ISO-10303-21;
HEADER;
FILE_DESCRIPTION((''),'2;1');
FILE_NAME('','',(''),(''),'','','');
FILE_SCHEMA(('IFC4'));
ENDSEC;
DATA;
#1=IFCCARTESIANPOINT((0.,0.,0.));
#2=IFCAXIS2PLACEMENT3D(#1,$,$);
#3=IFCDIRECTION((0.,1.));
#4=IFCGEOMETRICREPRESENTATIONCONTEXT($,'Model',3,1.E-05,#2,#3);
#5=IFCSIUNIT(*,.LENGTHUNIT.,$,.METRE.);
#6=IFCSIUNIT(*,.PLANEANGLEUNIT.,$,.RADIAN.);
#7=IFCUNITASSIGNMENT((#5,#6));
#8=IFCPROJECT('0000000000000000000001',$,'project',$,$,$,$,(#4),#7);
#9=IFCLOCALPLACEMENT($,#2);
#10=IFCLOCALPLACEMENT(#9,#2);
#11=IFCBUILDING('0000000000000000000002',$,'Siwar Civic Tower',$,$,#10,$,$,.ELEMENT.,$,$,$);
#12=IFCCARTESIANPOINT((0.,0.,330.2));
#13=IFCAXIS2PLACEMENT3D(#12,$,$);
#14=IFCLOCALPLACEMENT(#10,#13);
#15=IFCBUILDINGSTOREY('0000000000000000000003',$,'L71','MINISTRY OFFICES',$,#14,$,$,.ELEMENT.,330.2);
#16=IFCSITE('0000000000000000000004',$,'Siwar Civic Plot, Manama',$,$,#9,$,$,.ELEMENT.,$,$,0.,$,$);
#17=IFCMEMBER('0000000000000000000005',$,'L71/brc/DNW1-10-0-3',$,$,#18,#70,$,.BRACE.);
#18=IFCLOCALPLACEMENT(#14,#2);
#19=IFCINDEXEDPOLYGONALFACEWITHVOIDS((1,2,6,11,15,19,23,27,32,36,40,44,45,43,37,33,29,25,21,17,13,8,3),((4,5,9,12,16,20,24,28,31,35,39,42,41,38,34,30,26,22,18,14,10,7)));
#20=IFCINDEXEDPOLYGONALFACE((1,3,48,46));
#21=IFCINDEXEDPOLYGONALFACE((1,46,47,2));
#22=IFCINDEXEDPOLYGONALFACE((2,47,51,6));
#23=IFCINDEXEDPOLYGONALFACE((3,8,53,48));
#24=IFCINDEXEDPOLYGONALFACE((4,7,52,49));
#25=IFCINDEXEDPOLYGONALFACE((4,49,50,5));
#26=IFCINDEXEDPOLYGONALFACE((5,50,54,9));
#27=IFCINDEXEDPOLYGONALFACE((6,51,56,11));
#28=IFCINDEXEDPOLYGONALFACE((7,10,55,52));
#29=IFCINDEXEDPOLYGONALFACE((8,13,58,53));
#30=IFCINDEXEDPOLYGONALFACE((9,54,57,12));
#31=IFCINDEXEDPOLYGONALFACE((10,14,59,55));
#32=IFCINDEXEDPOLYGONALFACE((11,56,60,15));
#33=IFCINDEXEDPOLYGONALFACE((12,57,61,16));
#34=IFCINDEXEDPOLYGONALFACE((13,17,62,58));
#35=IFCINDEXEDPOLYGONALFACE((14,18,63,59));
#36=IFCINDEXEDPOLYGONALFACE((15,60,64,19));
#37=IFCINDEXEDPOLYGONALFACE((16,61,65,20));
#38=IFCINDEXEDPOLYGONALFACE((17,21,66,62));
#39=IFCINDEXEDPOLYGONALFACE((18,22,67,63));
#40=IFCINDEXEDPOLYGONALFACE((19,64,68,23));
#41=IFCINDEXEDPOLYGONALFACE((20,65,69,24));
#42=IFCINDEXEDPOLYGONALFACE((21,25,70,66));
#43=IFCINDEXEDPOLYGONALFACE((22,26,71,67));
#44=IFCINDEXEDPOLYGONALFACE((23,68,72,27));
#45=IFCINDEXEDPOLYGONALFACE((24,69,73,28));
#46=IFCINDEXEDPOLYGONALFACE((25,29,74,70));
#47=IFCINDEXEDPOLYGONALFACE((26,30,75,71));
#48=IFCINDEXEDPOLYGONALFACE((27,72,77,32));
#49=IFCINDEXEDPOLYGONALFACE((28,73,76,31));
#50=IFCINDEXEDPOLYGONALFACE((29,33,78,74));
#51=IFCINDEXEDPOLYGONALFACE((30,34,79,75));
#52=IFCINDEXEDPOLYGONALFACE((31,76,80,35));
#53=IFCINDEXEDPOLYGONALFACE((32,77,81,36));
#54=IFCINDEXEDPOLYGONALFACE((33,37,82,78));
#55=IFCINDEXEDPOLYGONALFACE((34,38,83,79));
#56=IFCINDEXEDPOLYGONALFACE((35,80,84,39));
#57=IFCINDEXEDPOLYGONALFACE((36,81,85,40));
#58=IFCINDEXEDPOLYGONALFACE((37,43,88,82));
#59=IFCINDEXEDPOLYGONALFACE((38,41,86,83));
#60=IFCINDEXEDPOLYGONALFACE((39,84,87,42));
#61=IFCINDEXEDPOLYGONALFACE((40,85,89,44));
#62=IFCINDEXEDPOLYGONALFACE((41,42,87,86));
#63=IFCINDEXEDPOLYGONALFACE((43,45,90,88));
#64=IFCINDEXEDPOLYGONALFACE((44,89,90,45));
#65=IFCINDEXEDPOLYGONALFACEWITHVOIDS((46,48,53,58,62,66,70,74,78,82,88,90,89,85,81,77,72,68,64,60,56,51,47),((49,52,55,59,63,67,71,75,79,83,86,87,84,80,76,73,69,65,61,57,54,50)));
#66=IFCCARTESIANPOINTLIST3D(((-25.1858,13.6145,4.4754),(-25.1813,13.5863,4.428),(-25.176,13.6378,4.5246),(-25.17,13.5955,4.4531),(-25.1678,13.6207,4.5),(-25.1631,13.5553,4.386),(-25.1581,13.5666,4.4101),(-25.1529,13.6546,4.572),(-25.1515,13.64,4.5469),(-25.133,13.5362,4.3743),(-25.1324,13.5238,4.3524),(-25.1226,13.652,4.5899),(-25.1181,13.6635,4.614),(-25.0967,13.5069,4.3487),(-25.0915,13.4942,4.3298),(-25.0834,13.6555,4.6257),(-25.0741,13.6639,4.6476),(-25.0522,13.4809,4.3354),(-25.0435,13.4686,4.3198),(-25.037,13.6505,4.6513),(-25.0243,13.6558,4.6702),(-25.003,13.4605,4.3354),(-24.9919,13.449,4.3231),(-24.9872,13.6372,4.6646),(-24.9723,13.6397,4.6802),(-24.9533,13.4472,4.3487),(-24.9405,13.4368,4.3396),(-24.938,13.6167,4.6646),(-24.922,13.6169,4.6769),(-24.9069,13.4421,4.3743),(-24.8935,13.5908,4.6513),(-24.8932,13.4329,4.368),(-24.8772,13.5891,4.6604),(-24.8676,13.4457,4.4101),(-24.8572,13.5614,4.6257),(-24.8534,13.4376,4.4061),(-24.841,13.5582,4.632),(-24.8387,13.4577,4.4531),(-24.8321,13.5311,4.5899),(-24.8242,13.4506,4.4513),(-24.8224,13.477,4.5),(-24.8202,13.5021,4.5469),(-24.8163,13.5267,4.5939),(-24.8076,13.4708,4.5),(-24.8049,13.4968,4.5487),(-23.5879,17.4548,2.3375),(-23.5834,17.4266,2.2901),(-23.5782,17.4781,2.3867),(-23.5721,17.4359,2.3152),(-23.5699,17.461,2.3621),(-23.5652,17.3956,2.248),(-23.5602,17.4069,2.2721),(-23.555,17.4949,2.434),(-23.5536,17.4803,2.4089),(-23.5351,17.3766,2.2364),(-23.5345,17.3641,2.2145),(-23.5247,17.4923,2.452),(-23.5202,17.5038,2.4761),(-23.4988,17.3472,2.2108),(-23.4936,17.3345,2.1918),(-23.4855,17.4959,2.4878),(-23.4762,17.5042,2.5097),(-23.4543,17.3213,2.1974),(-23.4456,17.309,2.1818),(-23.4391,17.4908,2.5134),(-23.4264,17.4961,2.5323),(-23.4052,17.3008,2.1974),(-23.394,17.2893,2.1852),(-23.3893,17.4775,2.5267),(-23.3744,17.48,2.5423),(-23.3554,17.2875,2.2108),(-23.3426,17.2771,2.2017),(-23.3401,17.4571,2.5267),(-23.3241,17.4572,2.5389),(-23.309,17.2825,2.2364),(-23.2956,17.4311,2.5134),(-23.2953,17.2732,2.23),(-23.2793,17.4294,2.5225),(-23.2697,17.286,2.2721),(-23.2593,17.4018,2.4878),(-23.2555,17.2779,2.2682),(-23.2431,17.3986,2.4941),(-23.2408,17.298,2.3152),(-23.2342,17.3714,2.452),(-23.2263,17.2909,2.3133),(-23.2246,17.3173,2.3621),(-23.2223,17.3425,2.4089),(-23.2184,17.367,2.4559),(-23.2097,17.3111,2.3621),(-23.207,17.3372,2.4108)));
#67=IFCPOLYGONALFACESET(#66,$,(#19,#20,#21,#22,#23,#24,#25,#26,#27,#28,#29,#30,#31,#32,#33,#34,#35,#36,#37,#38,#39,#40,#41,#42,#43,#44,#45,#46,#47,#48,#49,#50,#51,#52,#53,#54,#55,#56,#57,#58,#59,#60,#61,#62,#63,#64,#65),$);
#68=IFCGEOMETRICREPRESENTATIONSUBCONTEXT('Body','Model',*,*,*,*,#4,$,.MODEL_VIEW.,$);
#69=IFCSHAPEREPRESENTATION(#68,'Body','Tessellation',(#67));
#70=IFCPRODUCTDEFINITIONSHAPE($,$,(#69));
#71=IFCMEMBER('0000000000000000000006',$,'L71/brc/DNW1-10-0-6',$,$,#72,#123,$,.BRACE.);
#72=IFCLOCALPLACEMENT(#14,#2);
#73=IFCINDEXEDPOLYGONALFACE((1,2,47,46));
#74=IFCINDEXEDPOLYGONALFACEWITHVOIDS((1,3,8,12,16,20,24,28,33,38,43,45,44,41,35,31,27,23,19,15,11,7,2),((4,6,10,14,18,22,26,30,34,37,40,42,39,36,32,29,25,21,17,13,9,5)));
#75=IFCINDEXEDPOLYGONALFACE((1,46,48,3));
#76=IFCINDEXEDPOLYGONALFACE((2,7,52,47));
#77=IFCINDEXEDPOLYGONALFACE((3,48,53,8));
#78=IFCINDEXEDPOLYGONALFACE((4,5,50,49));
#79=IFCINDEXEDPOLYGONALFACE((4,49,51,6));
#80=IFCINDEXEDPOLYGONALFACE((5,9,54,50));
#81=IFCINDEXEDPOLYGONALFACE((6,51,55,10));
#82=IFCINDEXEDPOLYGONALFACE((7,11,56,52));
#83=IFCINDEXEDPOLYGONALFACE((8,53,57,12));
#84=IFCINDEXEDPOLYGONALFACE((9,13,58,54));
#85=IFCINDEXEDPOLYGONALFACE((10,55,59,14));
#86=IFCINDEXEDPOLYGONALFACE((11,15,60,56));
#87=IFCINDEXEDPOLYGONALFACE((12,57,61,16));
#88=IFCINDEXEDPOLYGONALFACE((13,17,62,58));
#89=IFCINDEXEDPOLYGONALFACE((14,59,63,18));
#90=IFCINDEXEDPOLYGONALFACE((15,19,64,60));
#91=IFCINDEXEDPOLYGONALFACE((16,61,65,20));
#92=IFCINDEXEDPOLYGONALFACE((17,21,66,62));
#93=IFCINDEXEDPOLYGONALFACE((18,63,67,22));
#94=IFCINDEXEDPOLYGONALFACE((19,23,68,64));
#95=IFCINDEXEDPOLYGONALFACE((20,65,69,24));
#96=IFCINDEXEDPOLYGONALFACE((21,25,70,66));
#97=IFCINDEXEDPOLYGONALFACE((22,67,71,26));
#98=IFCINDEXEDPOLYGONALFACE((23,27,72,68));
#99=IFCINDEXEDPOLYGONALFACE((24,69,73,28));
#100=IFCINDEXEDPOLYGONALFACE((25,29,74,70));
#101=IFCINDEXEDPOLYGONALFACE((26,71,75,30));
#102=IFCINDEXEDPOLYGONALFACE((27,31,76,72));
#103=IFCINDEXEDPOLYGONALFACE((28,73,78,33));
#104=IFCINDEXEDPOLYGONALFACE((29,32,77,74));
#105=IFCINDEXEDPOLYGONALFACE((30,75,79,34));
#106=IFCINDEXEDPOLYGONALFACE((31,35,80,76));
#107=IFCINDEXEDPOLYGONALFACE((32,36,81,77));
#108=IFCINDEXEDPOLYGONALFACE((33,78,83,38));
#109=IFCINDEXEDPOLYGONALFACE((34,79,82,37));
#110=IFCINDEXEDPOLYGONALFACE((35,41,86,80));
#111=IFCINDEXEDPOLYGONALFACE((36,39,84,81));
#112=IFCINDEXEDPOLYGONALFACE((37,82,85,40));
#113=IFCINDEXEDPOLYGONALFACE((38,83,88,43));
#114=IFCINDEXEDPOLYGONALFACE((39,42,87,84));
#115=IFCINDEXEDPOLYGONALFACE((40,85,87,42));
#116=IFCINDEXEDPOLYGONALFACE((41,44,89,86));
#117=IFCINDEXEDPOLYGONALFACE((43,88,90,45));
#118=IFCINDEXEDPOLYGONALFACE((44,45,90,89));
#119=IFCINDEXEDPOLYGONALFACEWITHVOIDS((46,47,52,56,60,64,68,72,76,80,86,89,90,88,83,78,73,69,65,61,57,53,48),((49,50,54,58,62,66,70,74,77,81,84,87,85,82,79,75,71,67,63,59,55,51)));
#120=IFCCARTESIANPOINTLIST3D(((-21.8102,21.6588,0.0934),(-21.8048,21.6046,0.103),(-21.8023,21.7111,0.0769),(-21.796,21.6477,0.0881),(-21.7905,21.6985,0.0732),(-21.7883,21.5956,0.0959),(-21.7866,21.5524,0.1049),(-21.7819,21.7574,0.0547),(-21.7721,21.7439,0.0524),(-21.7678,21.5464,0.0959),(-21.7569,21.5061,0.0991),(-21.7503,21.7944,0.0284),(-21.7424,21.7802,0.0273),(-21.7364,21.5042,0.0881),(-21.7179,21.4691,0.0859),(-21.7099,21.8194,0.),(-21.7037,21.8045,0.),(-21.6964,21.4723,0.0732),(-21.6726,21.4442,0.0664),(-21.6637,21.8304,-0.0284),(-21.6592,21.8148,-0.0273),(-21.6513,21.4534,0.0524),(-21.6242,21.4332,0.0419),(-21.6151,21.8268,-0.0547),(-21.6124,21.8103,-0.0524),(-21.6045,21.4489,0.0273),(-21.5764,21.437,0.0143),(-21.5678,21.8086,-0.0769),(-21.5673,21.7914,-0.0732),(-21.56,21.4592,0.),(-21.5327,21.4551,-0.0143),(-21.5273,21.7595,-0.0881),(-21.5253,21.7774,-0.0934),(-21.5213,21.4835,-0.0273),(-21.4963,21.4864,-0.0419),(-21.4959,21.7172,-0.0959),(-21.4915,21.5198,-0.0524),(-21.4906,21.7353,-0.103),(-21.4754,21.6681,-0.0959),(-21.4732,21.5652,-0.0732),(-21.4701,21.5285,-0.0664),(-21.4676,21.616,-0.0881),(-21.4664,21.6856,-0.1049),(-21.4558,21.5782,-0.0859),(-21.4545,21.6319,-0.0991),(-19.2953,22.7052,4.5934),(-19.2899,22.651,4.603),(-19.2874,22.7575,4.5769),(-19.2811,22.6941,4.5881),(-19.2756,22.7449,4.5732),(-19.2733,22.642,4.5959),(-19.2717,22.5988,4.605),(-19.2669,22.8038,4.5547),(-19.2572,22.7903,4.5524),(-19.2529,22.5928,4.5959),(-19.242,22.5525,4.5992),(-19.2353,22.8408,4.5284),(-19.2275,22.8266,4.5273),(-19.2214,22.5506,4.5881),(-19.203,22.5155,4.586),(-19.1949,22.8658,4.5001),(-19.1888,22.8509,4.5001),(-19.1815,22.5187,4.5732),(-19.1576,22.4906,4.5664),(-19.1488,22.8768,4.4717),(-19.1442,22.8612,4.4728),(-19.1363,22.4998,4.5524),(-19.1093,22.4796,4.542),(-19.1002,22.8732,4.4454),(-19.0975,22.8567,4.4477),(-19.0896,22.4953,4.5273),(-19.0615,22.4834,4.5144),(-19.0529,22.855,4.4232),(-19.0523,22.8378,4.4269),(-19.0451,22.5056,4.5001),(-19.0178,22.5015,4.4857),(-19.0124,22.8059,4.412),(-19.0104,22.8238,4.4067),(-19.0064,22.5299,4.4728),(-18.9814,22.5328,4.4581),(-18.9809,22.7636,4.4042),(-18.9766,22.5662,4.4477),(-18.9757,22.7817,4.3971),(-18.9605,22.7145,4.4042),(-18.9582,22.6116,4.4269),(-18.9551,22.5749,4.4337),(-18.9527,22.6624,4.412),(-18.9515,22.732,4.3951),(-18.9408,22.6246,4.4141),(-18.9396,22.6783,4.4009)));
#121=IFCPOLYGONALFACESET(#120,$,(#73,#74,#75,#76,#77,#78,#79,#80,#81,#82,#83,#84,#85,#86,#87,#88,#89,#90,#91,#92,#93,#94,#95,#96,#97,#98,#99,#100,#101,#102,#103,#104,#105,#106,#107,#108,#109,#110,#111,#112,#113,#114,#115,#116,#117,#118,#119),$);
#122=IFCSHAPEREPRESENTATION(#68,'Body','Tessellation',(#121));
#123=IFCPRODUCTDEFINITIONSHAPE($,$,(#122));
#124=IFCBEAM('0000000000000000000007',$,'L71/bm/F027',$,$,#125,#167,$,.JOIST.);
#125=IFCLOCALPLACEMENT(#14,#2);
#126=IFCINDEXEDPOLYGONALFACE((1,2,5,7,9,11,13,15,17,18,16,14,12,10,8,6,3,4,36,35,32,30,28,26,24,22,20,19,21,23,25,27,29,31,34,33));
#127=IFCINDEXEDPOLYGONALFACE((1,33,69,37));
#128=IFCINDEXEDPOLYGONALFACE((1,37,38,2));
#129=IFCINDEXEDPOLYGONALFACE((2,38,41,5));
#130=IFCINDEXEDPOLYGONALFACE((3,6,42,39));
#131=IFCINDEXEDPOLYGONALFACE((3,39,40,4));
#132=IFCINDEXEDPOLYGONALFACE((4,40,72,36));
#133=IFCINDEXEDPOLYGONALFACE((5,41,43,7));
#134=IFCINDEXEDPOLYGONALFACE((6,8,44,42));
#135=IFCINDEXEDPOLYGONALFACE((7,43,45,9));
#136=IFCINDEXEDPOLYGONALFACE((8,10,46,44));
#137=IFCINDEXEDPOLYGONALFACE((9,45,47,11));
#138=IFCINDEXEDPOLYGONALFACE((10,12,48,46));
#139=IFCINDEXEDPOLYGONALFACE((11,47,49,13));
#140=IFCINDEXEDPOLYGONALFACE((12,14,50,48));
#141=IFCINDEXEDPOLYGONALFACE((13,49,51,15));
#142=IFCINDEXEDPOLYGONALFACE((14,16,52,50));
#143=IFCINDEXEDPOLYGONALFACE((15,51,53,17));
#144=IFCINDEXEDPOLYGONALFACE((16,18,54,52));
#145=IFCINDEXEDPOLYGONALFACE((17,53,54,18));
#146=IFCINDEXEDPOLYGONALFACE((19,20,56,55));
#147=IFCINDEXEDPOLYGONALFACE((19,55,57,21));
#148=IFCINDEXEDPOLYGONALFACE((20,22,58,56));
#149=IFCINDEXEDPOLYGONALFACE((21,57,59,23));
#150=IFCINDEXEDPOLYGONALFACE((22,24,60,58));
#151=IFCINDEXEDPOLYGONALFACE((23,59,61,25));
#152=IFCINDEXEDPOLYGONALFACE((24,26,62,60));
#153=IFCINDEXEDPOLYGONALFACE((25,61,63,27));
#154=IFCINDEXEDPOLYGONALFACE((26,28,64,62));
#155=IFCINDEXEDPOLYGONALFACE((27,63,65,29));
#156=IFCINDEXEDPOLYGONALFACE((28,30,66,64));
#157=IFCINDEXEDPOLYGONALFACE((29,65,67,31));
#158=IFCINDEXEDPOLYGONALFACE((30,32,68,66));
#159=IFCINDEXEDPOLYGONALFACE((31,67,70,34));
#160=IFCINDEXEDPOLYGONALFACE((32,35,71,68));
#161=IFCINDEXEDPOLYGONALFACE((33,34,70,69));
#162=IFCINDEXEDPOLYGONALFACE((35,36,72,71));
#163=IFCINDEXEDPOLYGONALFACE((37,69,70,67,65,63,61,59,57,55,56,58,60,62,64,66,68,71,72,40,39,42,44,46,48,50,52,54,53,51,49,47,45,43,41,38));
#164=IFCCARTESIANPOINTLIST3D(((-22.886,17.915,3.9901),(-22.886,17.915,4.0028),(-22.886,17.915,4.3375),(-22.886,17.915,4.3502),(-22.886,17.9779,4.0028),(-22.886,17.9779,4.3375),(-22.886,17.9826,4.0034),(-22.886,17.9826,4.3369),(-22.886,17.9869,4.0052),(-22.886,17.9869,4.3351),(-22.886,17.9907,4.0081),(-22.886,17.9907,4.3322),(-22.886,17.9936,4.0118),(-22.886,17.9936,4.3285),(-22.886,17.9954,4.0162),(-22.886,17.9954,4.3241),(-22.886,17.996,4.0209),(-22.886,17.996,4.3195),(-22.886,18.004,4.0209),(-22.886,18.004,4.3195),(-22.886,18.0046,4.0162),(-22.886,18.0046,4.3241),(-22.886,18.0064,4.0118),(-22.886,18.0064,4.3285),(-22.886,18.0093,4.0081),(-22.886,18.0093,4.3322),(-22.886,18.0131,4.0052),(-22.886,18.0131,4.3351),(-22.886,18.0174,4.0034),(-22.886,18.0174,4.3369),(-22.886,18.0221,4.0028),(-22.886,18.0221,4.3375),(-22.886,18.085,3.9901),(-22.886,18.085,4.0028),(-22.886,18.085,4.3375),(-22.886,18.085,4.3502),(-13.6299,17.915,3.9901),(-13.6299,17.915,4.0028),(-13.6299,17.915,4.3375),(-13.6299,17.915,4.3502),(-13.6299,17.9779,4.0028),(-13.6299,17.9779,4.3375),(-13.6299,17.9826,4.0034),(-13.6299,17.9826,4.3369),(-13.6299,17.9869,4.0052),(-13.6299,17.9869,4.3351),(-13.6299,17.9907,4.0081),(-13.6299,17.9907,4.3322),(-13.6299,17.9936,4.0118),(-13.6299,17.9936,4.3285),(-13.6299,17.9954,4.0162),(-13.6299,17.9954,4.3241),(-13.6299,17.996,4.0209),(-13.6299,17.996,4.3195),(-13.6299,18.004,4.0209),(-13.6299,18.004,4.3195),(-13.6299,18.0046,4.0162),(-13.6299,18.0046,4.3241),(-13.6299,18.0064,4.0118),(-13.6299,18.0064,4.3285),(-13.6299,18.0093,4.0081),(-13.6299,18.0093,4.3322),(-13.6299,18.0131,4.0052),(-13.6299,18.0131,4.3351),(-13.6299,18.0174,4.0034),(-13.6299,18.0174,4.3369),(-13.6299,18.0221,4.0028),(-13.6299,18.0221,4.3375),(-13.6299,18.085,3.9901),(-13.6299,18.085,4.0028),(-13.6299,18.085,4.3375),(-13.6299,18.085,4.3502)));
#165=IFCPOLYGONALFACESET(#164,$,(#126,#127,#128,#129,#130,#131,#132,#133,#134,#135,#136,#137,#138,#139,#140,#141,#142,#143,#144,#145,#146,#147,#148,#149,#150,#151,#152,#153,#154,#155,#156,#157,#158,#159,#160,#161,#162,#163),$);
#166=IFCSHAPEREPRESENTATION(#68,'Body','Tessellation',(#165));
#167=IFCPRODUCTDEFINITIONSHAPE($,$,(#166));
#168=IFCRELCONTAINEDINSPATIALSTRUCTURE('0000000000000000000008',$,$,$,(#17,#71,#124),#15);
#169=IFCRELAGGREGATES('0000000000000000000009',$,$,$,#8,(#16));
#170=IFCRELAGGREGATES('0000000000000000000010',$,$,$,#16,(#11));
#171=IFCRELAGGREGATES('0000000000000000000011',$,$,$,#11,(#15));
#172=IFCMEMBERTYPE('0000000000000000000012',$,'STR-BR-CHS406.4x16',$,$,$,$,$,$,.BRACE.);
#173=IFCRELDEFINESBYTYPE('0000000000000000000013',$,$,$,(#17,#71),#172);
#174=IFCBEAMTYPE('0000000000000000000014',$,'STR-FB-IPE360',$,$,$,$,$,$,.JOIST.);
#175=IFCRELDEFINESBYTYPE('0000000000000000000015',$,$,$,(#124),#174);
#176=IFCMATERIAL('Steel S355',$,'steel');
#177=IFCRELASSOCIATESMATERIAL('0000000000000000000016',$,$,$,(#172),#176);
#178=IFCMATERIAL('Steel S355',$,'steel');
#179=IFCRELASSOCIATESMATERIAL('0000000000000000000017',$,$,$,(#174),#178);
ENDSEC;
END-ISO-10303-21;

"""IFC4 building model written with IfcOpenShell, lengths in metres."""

from ifc_helpers import new_model, si_unit, direction, frame, origin, origin_2d, place, context, subcontext, project, spatial, hollow_circle, i_section, extrude, material, material_profile, profile_set, type_object, element, save


model = new_model("IFC4")

# Units and contexts
model_context = context("Model", 3, precision=1e-05, world=origin(), true_north=direction((0.0, 1.0)))
body_context = subcontext(model_context, "Body", "Model", "MODEL_VIEW")
ifc_project = project(units=[si_unit("LENGTHUNIT", "METRE"), si_unit("PLANEANGLEUNIT", "RADIAN")], contexts=[model_context])

# Site, building, storey
site_placement = place(None, origin())
site = spatial("IfcSite", under=ifc_project, at=site_placement, Name="Siwar Civic Plot, Manama", CompositionType="ELEMENT", RefElevation=0.0)
building_placement = place(site_placement, origin())
building = spatial("IfcBuilding", under=site, at=building_placement, Name="Siwar Civic Tower", CompositionType="ELEMENT")
storey_placement = place(building_placement, frame((0.0, 0.0, 330.2)))
storey = spatial("IfcBuildingStorey", under=building, at=storey_placement, Name="L71", Description="MINISTRY OFFICES", CompositionType="ELEMENT", Elevation=330.2)

# Members
ifc_material_1 = material(Name="Steel S355", Category="steel")
ifc_material_profile_1 = material_profile(ifc_material_1, hollow_circle(Radius=0.2031, WallThickness=0.0161, at=origin_2d()), Name="CHS406.4x16")
ifc_profile_set_1 = profile_set([ifc_material_profile_1], Name="Steel S355")
member_type_1 = type_object("IfcMemberType", Name="STR-BR-CHS406.4x16", PredefinedType="BRACE", material=ifc_profile_set_1)
member_1_placement = place(storey_placement, frame((-23.3972, 17.3892, 2.3621), z_axis=(-0.341667, -0.82115, 0.45714), x_axis=(0.923268, -0.384157, 0.0)))
element("IfcMember", 1, at=member_1_placement, inside=storey, type_object=member_type_1, Name="L71/brc/DNW1-10-0-3", PredefinedType="BRACE", context=body_context, shape_type="SweptSolid", body=[
    extrude(hollow_circle(Radius=0.2031, WallThickness=0.0161, at=origin_2d()), origin(), (0.0, 0.0, 1.0), 4.6768),
])
member_2_placement = place(storey_placement, frame((-21.6318, 21.6318, 0.0), z_axis=(0.478099, 0.198926, 0.855482), x_axis=(-0.384151, 0.92327, 0.0)))
element("IfcMember", 2, at=member_2_placement, inside=storey, type_object=member_type_1, Name="L71/brc/DNW1-10-0-6", PredefinedType="BRACE", context=body_context, shape_type="SweptSolid", body=[
    extrude(hollow_circle(Radius=0.2031, WallThickness=0.0161, at=origin_2d()), origin(), (0.0, 0.0, 1.0), 5.2603),
])

# Beam
ifc_material_2 = material(Name="Steel S355", Category="steel")
ifc_material_profile_2 = material_profile(ifc_material_2, i_section(OverallWidth=0.1699, OverallDepth=0.3601, WebThickness=0.0081, FlangeThickness=0.0127, FilletRadius=0.0181, at=origin_2d()), Name="IPE360")
ifc_profile_set_2 = profile_set([ifc_material_profile_2], Name="Steel S355")
beam_type_1 = type_object("IfcBeamType", Name="STR-FB-IPE360", PredefinedType="JOIST", material=ifc_profile_set_2)
beam_1_placement = place(storey_placement, frame((-22.886, 18.0, 4.1702), z_axis=(1.0, 0.0, 0.0), x_axis=(0.0, 1.0, 0.0)))
element("IfcBeam", 3, at=beam_1_placement, inside=storey, type_object=beam_type_1, Name="L71/bm/F027", PredefinedType="JOIST", context=body_context, shape_type="SweptSolid", body=[
    extrude(i_section(OverallWidth=0.1699, OverallDepth=0.3601, WebThickness=0.0081, FlangeThickness=0.0127, FilletRadius=0.0181, at=origin_2d()), origin(), (0.0, 0.0, 1.0), 9.2561),
])

save(model, "model.ifc")
